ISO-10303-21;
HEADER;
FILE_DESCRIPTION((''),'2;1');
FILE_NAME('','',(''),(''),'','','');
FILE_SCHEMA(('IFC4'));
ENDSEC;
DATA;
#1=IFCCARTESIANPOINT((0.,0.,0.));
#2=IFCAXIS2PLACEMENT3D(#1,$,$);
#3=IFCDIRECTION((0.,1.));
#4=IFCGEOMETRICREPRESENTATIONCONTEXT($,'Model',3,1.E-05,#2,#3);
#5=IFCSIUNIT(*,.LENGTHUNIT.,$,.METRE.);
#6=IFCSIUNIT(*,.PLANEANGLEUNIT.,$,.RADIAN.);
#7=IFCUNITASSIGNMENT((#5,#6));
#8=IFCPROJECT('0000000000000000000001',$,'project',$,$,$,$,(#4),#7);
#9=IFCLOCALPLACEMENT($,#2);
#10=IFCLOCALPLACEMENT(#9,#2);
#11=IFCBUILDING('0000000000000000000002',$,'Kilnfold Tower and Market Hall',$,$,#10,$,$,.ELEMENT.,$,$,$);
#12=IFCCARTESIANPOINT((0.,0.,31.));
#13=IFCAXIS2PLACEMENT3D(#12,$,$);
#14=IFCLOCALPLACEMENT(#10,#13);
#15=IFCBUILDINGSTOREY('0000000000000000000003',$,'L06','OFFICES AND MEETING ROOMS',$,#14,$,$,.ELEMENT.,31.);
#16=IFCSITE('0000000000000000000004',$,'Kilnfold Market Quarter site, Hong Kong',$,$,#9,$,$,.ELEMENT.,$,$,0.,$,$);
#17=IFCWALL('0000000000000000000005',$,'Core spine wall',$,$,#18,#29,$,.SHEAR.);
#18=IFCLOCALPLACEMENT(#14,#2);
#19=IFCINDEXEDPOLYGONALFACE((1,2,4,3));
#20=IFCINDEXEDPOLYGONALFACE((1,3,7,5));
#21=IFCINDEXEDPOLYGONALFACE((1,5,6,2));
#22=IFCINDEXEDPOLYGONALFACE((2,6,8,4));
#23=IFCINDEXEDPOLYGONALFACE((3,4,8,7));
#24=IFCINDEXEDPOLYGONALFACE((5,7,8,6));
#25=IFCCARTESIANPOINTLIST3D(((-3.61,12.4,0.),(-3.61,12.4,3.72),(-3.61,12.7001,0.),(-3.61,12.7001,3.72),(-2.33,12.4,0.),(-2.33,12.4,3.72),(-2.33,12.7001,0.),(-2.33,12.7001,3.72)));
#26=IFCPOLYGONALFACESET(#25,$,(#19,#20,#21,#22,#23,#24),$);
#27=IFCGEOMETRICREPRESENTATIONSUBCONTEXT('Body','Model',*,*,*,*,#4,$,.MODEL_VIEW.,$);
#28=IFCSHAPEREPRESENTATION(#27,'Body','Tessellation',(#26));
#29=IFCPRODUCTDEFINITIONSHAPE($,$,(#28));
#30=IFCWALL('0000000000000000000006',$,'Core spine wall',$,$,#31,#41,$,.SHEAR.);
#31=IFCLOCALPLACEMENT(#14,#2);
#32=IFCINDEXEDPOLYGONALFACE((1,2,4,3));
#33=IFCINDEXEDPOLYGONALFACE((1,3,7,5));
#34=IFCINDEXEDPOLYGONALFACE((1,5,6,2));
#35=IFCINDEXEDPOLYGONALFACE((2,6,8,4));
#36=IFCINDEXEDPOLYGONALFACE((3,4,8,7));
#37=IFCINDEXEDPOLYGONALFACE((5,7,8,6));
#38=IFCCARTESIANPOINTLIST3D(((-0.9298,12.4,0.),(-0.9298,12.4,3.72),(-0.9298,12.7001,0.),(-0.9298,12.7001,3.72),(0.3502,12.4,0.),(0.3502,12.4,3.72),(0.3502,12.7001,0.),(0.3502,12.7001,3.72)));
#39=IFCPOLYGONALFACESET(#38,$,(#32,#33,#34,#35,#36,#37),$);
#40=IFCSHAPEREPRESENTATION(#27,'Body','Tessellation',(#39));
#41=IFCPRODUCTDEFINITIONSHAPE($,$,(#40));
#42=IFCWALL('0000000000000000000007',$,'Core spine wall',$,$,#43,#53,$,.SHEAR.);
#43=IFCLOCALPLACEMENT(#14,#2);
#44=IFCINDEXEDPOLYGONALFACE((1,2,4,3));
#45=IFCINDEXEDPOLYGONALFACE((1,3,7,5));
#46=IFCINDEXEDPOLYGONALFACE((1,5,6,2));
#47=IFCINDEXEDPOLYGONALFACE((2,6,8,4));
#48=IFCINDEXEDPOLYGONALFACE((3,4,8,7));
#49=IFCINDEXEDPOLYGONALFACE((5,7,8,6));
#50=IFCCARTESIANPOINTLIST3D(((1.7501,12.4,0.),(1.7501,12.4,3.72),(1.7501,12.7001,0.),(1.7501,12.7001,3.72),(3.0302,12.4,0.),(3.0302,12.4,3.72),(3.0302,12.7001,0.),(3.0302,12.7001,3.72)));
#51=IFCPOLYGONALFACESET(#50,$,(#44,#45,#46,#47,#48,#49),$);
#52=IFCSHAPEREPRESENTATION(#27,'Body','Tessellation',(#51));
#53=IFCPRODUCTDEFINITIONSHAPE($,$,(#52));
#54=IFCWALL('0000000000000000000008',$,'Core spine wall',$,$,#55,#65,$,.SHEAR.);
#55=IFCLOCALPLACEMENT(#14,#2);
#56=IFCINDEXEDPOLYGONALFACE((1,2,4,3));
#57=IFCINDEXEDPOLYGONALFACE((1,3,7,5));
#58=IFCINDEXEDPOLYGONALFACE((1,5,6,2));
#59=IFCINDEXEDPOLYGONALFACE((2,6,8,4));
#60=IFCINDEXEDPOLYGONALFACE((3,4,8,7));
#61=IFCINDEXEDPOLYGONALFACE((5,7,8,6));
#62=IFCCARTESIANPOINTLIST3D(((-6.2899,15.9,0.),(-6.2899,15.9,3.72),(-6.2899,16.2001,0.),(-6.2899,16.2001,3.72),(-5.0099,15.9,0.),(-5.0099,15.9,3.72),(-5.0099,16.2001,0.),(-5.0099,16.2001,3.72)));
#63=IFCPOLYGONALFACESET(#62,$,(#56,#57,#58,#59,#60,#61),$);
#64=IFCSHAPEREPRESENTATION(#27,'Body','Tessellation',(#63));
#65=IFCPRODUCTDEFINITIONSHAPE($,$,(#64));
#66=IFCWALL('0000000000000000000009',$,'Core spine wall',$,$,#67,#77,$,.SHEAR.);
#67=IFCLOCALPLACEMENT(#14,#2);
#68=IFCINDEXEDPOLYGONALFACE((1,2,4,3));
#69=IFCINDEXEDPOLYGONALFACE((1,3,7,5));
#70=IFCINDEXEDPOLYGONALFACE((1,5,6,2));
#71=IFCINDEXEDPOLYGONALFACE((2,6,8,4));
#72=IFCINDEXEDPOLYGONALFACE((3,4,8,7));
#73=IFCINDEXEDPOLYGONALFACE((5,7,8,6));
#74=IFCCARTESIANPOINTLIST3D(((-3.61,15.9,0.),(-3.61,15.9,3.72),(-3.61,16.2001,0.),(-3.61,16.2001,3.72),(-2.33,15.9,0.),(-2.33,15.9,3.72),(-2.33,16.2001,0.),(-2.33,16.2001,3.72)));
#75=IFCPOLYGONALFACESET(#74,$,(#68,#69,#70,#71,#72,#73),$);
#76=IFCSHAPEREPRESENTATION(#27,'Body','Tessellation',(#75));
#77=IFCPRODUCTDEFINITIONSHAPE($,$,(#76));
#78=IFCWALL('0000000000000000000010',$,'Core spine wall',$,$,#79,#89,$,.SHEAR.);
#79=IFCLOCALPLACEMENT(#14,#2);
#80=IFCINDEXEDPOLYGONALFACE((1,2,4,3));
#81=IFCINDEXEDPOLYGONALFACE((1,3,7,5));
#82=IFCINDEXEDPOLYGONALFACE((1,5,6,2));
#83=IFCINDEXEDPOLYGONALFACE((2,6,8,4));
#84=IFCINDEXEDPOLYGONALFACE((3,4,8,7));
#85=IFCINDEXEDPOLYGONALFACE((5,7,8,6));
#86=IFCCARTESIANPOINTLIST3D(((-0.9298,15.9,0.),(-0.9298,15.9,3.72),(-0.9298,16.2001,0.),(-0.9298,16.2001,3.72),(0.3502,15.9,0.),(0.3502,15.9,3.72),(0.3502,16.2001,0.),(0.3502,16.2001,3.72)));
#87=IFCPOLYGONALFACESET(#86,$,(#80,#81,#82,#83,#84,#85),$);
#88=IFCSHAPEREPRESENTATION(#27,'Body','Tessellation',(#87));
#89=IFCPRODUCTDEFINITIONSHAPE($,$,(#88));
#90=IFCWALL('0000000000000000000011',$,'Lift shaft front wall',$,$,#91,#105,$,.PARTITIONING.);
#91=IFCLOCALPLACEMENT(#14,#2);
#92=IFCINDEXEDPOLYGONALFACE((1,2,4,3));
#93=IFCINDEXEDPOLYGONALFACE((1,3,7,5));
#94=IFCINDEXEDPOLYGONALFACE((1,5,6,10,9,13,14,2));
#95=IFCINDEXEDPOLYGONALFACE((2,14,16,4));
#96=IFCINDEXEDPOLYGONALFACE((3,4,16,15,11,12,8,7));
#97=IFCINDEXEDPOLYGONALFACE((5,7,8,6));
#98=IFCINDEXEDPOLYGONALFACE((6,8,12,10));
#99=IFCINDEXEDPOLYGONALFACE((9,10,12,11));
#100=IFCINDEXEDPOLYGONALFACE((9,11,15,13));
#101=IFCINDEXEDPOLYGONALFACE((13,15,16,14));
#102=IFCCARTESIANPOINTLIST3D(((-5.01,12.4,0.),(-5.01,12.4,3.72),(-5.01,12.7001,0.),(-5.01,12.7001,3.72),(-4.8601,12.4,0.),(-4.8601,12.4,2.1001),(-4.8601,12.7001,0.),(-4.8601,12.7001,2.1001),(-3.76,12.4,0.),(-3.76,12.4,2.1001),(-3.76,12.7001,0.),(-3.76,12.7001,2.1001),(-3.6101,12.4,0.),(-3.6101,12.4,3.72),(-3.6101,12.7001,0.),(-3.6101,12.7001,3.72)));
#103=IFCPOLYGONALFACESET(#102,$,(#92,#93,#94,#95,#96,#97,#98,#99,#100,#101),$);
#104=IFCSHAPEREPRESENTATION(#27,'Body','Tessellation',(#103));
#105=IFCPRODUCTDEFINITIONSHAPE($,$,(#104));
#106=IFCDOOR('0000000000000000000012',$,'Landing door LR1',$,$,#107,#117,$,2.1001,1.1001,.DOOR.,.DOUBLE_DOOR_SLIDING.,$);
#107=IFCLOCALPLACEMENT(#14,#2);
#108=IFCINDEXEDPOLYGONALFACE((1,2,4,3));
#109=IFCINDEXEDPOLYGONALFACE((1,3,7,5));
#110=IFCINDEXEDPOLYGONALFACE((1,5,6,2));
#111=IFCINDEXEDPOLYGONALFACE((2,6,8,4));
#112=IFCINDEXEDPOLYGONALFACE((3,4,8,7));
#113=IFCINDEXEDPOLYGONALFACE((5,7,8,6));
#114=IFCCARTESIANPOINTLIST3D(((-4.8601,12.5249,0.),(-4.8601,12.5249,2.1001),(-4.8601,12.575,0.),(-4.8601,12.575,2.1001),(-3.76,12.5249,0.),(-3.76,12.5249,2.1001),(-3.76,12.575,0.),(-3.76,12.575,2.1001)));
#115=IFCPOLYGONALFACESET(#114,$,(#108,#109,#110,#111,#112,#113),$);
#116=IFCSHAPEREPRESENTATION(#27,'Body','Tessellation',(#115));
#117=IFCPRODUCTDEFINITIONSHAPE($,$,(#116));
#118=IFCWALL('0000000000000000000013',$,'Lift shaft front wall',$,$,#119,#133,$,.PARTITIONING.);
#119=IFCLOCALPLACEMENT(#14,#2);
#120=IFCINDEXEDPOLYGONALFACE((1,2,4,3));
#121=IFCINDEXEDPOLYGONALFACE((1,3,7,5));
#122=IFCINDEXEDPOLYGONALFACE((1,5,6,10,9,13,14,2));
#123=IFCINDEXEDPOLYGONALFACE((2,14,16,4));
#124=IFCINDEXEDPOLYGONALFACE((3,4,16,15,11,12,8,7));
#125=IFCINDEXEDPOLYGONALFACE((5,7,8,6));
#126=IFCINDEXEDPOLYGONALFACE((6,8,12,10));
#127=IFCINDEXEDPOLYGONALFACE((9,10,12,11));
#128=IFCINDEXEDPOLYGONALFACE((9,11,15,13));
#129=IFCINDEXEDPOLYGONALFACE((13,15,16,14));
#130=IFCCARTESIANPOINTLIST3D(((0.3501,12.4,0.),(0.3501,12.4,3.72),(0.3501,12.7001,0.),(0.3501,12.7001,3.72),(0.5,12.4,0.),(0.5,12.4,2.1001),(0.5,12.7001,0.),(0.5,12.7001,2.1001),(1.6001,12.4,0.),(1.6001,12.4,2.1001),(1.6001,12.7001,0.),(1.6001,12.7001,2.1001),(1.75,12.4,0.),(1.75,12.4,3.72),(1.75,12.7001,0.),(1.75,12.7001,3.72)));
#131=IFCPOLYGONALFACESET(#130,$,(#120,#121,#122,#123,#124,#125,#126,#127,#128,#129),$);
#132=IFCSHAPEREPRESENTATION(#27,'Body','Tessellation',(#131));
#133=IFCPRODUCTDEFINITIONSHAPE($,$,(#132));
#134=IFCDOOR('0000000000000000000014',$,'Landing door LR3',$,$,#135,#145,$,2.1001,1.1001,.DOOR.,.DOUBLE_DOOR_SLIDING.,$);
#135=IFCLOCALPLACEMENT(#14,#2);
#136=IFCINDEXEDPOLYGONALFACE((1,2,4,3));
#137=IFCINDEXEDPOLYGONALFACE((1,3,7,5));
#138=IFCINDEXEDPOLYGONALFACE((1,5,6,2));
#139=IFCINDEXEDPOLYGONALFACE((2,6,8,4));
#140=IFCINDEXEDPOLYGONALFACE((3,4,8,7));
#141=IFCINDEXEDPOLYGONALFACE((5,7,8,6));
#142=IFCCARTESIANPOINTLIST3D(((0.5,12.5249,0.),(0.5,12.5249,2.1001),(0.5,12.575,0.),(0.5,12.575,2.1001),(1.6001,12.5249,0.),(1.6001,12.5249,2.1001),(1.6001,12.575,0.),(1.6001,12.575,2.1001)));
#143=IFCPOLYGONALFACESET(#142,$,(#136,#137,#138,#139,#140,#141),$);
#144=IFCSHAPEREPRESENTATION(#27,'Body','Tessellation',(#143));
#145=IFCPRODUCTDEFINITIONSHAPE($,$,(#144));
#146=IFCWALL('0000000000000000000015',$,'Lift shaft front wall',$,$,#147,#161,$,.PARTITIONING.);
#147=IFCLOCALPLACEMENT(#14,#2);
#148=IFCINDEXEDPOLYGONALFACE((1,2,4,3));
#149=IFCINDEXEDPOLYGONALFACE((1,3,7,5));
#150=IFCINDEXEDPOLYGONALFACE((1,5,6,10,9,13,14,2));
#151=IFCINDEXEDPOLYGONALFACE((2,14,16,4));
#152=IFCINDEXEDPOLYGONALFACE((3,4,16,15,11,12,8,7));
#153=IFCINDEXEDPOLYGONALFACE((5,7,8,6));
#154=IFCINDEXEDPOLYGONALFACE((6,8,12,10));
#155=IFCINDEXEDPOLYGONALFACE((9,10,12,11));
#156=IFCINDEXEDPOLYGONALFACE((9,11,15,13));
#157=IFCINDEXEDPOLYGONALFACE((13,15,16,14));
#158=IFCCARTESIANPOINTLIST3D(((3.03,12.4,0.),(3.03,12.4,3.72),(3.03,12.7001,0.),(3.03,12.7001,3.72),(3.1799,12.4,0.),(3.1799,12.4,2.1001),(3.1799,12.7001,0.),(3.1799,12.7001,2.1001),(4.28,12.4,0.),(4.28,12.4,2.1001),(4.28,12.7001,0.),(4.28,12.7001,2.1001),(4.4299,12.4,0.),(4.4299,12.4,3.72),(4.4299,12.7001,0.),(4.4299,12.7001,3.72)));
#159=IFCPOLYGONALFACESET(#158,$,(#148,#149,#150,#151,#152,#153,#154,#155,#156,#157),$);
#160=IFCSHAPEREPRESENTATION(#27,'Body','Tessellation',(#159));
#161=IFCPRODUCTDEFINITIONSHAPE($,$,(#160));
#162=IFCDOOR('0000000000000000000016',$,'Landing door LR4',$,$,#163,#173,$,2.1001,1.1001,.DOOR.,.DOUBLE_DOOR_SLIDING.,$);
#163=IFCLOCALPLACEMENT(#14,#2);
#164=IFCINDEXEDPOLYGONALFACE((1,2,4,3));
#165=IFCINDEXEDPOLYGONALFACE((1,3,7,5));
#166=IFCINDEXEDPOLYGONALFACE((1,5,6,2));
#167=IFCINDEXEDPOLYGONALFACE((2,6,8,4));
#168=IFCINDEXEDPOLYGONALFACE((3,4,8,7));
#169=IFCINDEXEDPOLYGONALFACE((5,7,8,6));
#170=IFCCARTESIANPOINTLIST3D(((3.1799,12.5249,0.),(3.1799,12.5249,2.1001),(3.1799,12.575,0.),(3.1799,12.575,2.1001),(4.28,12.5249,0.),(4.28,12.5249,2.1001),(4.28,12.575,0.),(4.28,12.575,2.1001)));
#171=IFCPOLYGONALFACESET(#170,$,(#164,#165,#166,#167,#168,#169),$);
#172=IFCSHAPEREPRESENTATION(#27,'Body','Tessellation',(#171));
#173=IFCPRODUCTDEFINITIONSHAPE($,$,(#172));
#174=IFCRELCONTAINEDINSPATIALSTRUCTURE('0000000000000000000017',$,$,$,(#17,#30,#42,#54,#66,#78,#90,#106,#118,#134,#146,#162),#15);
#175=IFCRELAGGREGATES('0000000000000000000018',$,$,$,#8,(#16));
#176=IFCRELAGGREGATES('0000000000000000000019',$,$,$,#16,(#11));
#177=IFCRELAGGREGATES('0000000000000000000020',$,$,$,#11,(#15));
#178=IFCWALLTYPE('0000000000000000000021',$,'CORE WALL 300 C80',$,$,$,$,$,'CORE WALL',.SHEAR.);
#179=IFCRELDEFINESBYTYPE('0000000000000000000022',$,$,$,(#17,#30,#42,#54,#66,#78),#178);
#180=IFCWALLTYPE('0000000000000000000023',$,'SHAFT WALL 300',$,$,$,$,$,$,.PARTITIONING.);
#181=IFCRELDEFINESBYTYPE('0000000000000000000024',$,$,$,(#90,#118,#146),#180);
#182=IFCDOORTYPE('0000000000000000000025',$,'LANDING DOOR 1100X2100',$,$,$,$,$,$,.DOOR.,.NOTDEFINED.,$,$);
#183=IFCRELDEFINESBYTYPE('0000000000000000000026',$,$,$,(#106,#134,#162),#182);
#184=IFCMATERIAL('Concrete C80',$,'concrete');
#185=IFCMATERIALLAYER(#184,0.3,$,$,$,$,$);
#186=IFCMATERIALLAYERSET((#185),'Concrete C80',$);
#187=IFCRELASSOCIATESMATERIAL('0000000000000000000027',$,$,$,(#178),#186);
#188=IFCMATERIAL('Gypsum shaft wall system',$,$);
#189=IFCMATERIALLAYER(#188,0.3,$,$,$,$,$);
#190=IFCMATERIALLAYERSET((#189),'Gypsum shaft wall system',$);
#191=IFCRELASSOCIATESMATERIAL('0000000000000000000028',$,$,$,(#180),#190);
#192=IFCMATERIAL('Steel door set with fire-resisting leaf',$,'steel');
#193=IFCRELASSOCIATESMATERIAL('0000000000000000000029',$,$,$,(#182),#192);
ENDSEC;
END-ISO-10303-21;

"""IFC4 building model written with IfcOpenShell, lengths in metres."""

from ifc_helpers import new_model, si_unit, direction, frame, frame_2d, origin, place, context, subcontext, project, spatial, rectangle, extrude, source, transform, mapped, material, layer, layer_set, type_object, element, fill, save


model = new_model("IFC4")

# Units and contexts
model_context = context("Model", 3, precision=1e-05, world=origin(), true_north=direction((0.0, 1.0)))
body_context = subcontext(model_context, "Body", "Model", "MODEL_VIEW")
ifc_project = project(units=[si_unit("LENGTHUNIT", "METRE"), si_unit("PLANEANGLEUNIT", "RADIAN")], contexts=[model_context])

# Site, building, storey
site_placement = place(None, origin())
site = spatial("IfcSite", under=ifc_project, at=site_placement, Name="Kilnfold Market Quarter site, Hong Kong", CompositionType="ELEMENT", RefElevation=0.0)
building_placement = place(site_placement, origin())
building = spatial("IfcBuilding", under=site, at=building_placement, Name="Kilnfold Tower and Market Hall", CompositionType="ELEMENT")
storey_placement = place(building_placement, frame((0.0, 0.0, 31.0)))
storey = spatial("IfcBuildingStorey", under=building, at=storey_placement, Name="L06", Description="OFFICES AND MEETING ROOMS", CompositionType="ELEMENT", Elevation=31.0)

# Walls
ifc_material_1 = material(Name="Concrete C80", Category="concrete")
ifc_layer_1 = layer(ifc_material_1, 0.3)
ifc_layer_set_1 = layer_set([ifc_layer_1], Name="Concrete C80")
wall_type_1 = type_object("IfcWallType", Name="CORE WALL 300 C80", ElementType="CORE WALL", PredefinedType="SHEAR", material=ifc_layer_set_1)
shared_shape_1 = source(origin(), body_context, "Body", "SweptSolid", [
    extrude(rectangle(XDim=1.28, YDim=0.3, at=frame_2d((0.6401, 0.0))), origin(), (0.0, 0.0, 1.0), 3.72),
])
for number, where, z_axis, x_axis, name in (
    (1, (-3.6101, 12.55, 0.0), (0.0, 0.0, 1.0), (1.0, 0.0, 0.0), "Core spine wall"),
    (2, (-0.9299, 12.55, 0.0), (0.0, 0.0, 1.0), (1.0, 0.0, 0.0), "Core spine wall"),
    (3, (1.75, 12.55, 0.0), (0.0, 0.0, 1.0), (1.0, 0.0, 0.0), "Core spine wall"),
    (4, (-6.29, 16.05, 0.0), (0.0, 0.0, 1.0), (1.0, 0.0, 0.0), "Core spine wall"),
    (5, (-3.6101, 16.05, 0.0), (0.0, 0.0, 1.0), (1.0, 0.0, 0.0), "Core spine wall"),
    (6, (-0.9299, 16.05, 0.0), (0.0, 0.0, 1.0), (1.0, 0.0, 0.0), "Core spine wall"),
):
    element("IfcWall", number, at=place(storey_placement, frame(where, z_axis=z_axis, x_axis=x_axis)), inside=storey, type_object=wall_type_1, Name=name, PredefinedType="SHEAR", context=body_context, shape_type="MappedRepresentation", body=[
        mapped(shared_shape_1, transform((0.0, 0.0, 0.0))),
    ])

# Walls, openings, doors
ifc_material_2 = material(Name="Gypsum shaft wall system")
ifc_layer_2 = layer(ifc_material_2, 0.3)
ifc_layer_set_2 = layer_set([ifc_layer_2], Name="Gypsum shaft wall system")
wall_type_2 = type_object("IfcWallType", Name="SHAFT WALL 300", PredefinedType="PARTITIONING", material=ifc_layer_set_2)
shared_shape_2 = source(origin(), body_context, "Body", "SweptSolid", [
    extrude(rectangle(XDim=1.3999, YDim=0.3, at=frame_2d((0.7, 0.0))), origin(), (0.0, 0.0, 1.0), 3.72),
])
wall_1_placement = place(storey_placement, frame((-5.01, 12.55, 0.0), z_axis=(0.0, 0.0, 1.0), x_axis=(1.0, 0.0, 0.0)))
wall_1 = element("IfcWall", 7, at=wall_1_placement, inside=storey, type_object=wall_type_2, Name="Lift shaft front wall", PredefinedType="PARTITIONING", context=body_context, shape_type="MappedRepresentation", body=[
    mapped(shared_shape_2, transform((0.0, 0.0, 0.0))),
])
opening_1_placement = place(wall_1_placement, frame((0.1499, 0.0, 0.0)))
opening_1 = element("IfcOpeningElement", 8, at=opening_1_placement, cuts=wall_1, PredefinedType="OPENING", context=body_context, shape_type="SweptSolid", body=[
    extrude(rectangle(XDim=1.1001, YDim=2.1001, at=frame_2d((0.55, 1.05))), frame((0.0, 0.1602, 0.0), z_axis=(0.0, -1.0, 0.0), x_axis=(1.0, 0.0, 0.0)), (0.0, 0.0, 1.0), 0.3201),
])
ifc_material_3 = material(Name="Steel door set with fire-resisting leaf", Category="steel")
door_type = type_object("IfcDoorType", Name="LANDING DOOR 1100X2100", OperationType="NOTDEFINED", PredefinedType="DOOR", material=ifc_material_3)
door_1_placement = place(opening_1_placement, origin())
door_1 = element("IfcDoor", 9, at=door_1_placement, inside=storey, type_object=door_type, Name="Landing door LR1", OperationType="DOUBLE_DOOR_SLIDING", OverallHeight=2.1001, OverallWidth=1.1001, PredefinedType="DOOR", context=body_context, shape_type="SweptSolid", body=[
    extrude(rectangle(XDim=1.1001, YDim=2.1001, at=frame_2d((0.55, 1.05))), frame((0.0, 0.0249, 0.0), z_axis=(0.0, -1.0, 0.0), x_axis=(1.0, 0.0, 0.0)), (0.0, 0.0, 1.0), 0.05),
])
fill(opening_1, door_1)
wall_2_placement = place(storey_placement, frame((0.3501, 12.55, 0.0), z_axis=(0.0, 0.0, 1.0), x_axis=(1.0, 0.0, 0.0)))
wall_2 = element("IfcWall", 10, at=wall_2_placement, inside=storey, type_object=wall_type_2, Name="Lift shaft front wall", PredefinedType="PARTITIONING", context=body_context, shape_type="MappedRepresentation", body=[
    mapped(shared_shape_2, transform((0.0, 0.0, 0.0))),
])
opening_2_placement = place(wall_2_placement, frame((0.1499, 0.0, 0.0)))
opening_2 = element("IfcOpeningElement", 11, at=opening_2_placement, cuts=wall_2, PredefinedType="OPENING", context=body_context, shape_type="SweptSolid", body=[
    extrude(rectangle(XDim=1.1001, YDim=2.1001, at=frame_2d((0.55, 1.05))), frame((0.0, 0.1602, 0.0), z_axis=(0.0, -1.0, 0.0), x_axis=(1.0, 0.0, 0.0)), (0.0, 0.0, 1.0), 0.3201),
])
door_2_placement = place(opening_2_placement, origin())
door_2 = element("IfcDoor", 12, at=door_2_placement, inside=storey, type_object=door_type, Name="Landing door LR3", OperationType="DOUBLE_DOOR_SLIDING", OverallHeight=2.1001, OverallWidth=1.1001, PredefinedType="DOOR", context=body_context, shape_type="SweptSolid", body=[
    extrude(rectangle(XDim=1.1001, YDim=2.1001, at=frame_2d((0.55, 1.05))), frame((0.0, 0.0249, 0.0), z_axis=(0.0, -1.0, 0.0), x_axis=(1.0, 0.0, 0.0)), (0.0, 0.0, 1.0), 0.05),
])
fill(opening_2, door_2)
wall_3_placement = place(storey_placement, frame((3.03, 12.55, 0.0), z_axis=(0.0, 0.0, 1.0), x_axis=(1.0, 0.0, 0.0)))
wall_3 = element("IfcWall", 13, at=wall_3_placement, inside=storey, type_object=wall_type_2, Name="Lift shaft front wall", PredefinedType="PARTITIONING", context=body_context, shape_type="MappedRepresentation", body=[
    mapped(shared_shape_2, transform((0.0, 0.0, 0.0))),
])
opening_3_placement = place(wall_3_placement, frame((0.1499, 0.0, 0.0)))
opening_3 = element("IfcOpeningElement", 14, at=opening_3_placement, cuts=wall_3, PredefinedType="OPENING", context=body_context, shape_type="SweptSolid", body=[
    extrude(rectangle(XDim=1.1001, YDim=2.1001, at=frame_2d((0.55, 1.05))), frame((0.0, 0.1602, 0.0), z_axis=(0.0, -1.0, 0.0), x_axis=(1.0, 0.0, 0.0)), (0.0, 0.0, 1.0), 0.3201),
])
door_3_placement = place(opening_3_placement, origin())
door_3 = element("IfcDoor", 15, at=door_3_placement, inside=storey, type_object=door_type, Name="Landing door LR4", OperationType="DOUBLE_DOOR_SLIDING", OverallHeight=2.1001, OverallWidth=1.1001, PredefinedType="DOOR", context=body_context, shape_type="SweptSolid", body=[
    extrude(rectangle(XDim=1.1001, YDim=2.1001, at=frame_2d((0.55, 1.05))), frame((0.0, 0.0249, 0.0), z_axis=(0.0, -1.0, 0.0), x_axis=(1.0, 0.0, 0.0)), (0.0, 0.0, 1.0), 0.05),
])
fill(opening_3, door_3)

save(model, "model.ifc")
